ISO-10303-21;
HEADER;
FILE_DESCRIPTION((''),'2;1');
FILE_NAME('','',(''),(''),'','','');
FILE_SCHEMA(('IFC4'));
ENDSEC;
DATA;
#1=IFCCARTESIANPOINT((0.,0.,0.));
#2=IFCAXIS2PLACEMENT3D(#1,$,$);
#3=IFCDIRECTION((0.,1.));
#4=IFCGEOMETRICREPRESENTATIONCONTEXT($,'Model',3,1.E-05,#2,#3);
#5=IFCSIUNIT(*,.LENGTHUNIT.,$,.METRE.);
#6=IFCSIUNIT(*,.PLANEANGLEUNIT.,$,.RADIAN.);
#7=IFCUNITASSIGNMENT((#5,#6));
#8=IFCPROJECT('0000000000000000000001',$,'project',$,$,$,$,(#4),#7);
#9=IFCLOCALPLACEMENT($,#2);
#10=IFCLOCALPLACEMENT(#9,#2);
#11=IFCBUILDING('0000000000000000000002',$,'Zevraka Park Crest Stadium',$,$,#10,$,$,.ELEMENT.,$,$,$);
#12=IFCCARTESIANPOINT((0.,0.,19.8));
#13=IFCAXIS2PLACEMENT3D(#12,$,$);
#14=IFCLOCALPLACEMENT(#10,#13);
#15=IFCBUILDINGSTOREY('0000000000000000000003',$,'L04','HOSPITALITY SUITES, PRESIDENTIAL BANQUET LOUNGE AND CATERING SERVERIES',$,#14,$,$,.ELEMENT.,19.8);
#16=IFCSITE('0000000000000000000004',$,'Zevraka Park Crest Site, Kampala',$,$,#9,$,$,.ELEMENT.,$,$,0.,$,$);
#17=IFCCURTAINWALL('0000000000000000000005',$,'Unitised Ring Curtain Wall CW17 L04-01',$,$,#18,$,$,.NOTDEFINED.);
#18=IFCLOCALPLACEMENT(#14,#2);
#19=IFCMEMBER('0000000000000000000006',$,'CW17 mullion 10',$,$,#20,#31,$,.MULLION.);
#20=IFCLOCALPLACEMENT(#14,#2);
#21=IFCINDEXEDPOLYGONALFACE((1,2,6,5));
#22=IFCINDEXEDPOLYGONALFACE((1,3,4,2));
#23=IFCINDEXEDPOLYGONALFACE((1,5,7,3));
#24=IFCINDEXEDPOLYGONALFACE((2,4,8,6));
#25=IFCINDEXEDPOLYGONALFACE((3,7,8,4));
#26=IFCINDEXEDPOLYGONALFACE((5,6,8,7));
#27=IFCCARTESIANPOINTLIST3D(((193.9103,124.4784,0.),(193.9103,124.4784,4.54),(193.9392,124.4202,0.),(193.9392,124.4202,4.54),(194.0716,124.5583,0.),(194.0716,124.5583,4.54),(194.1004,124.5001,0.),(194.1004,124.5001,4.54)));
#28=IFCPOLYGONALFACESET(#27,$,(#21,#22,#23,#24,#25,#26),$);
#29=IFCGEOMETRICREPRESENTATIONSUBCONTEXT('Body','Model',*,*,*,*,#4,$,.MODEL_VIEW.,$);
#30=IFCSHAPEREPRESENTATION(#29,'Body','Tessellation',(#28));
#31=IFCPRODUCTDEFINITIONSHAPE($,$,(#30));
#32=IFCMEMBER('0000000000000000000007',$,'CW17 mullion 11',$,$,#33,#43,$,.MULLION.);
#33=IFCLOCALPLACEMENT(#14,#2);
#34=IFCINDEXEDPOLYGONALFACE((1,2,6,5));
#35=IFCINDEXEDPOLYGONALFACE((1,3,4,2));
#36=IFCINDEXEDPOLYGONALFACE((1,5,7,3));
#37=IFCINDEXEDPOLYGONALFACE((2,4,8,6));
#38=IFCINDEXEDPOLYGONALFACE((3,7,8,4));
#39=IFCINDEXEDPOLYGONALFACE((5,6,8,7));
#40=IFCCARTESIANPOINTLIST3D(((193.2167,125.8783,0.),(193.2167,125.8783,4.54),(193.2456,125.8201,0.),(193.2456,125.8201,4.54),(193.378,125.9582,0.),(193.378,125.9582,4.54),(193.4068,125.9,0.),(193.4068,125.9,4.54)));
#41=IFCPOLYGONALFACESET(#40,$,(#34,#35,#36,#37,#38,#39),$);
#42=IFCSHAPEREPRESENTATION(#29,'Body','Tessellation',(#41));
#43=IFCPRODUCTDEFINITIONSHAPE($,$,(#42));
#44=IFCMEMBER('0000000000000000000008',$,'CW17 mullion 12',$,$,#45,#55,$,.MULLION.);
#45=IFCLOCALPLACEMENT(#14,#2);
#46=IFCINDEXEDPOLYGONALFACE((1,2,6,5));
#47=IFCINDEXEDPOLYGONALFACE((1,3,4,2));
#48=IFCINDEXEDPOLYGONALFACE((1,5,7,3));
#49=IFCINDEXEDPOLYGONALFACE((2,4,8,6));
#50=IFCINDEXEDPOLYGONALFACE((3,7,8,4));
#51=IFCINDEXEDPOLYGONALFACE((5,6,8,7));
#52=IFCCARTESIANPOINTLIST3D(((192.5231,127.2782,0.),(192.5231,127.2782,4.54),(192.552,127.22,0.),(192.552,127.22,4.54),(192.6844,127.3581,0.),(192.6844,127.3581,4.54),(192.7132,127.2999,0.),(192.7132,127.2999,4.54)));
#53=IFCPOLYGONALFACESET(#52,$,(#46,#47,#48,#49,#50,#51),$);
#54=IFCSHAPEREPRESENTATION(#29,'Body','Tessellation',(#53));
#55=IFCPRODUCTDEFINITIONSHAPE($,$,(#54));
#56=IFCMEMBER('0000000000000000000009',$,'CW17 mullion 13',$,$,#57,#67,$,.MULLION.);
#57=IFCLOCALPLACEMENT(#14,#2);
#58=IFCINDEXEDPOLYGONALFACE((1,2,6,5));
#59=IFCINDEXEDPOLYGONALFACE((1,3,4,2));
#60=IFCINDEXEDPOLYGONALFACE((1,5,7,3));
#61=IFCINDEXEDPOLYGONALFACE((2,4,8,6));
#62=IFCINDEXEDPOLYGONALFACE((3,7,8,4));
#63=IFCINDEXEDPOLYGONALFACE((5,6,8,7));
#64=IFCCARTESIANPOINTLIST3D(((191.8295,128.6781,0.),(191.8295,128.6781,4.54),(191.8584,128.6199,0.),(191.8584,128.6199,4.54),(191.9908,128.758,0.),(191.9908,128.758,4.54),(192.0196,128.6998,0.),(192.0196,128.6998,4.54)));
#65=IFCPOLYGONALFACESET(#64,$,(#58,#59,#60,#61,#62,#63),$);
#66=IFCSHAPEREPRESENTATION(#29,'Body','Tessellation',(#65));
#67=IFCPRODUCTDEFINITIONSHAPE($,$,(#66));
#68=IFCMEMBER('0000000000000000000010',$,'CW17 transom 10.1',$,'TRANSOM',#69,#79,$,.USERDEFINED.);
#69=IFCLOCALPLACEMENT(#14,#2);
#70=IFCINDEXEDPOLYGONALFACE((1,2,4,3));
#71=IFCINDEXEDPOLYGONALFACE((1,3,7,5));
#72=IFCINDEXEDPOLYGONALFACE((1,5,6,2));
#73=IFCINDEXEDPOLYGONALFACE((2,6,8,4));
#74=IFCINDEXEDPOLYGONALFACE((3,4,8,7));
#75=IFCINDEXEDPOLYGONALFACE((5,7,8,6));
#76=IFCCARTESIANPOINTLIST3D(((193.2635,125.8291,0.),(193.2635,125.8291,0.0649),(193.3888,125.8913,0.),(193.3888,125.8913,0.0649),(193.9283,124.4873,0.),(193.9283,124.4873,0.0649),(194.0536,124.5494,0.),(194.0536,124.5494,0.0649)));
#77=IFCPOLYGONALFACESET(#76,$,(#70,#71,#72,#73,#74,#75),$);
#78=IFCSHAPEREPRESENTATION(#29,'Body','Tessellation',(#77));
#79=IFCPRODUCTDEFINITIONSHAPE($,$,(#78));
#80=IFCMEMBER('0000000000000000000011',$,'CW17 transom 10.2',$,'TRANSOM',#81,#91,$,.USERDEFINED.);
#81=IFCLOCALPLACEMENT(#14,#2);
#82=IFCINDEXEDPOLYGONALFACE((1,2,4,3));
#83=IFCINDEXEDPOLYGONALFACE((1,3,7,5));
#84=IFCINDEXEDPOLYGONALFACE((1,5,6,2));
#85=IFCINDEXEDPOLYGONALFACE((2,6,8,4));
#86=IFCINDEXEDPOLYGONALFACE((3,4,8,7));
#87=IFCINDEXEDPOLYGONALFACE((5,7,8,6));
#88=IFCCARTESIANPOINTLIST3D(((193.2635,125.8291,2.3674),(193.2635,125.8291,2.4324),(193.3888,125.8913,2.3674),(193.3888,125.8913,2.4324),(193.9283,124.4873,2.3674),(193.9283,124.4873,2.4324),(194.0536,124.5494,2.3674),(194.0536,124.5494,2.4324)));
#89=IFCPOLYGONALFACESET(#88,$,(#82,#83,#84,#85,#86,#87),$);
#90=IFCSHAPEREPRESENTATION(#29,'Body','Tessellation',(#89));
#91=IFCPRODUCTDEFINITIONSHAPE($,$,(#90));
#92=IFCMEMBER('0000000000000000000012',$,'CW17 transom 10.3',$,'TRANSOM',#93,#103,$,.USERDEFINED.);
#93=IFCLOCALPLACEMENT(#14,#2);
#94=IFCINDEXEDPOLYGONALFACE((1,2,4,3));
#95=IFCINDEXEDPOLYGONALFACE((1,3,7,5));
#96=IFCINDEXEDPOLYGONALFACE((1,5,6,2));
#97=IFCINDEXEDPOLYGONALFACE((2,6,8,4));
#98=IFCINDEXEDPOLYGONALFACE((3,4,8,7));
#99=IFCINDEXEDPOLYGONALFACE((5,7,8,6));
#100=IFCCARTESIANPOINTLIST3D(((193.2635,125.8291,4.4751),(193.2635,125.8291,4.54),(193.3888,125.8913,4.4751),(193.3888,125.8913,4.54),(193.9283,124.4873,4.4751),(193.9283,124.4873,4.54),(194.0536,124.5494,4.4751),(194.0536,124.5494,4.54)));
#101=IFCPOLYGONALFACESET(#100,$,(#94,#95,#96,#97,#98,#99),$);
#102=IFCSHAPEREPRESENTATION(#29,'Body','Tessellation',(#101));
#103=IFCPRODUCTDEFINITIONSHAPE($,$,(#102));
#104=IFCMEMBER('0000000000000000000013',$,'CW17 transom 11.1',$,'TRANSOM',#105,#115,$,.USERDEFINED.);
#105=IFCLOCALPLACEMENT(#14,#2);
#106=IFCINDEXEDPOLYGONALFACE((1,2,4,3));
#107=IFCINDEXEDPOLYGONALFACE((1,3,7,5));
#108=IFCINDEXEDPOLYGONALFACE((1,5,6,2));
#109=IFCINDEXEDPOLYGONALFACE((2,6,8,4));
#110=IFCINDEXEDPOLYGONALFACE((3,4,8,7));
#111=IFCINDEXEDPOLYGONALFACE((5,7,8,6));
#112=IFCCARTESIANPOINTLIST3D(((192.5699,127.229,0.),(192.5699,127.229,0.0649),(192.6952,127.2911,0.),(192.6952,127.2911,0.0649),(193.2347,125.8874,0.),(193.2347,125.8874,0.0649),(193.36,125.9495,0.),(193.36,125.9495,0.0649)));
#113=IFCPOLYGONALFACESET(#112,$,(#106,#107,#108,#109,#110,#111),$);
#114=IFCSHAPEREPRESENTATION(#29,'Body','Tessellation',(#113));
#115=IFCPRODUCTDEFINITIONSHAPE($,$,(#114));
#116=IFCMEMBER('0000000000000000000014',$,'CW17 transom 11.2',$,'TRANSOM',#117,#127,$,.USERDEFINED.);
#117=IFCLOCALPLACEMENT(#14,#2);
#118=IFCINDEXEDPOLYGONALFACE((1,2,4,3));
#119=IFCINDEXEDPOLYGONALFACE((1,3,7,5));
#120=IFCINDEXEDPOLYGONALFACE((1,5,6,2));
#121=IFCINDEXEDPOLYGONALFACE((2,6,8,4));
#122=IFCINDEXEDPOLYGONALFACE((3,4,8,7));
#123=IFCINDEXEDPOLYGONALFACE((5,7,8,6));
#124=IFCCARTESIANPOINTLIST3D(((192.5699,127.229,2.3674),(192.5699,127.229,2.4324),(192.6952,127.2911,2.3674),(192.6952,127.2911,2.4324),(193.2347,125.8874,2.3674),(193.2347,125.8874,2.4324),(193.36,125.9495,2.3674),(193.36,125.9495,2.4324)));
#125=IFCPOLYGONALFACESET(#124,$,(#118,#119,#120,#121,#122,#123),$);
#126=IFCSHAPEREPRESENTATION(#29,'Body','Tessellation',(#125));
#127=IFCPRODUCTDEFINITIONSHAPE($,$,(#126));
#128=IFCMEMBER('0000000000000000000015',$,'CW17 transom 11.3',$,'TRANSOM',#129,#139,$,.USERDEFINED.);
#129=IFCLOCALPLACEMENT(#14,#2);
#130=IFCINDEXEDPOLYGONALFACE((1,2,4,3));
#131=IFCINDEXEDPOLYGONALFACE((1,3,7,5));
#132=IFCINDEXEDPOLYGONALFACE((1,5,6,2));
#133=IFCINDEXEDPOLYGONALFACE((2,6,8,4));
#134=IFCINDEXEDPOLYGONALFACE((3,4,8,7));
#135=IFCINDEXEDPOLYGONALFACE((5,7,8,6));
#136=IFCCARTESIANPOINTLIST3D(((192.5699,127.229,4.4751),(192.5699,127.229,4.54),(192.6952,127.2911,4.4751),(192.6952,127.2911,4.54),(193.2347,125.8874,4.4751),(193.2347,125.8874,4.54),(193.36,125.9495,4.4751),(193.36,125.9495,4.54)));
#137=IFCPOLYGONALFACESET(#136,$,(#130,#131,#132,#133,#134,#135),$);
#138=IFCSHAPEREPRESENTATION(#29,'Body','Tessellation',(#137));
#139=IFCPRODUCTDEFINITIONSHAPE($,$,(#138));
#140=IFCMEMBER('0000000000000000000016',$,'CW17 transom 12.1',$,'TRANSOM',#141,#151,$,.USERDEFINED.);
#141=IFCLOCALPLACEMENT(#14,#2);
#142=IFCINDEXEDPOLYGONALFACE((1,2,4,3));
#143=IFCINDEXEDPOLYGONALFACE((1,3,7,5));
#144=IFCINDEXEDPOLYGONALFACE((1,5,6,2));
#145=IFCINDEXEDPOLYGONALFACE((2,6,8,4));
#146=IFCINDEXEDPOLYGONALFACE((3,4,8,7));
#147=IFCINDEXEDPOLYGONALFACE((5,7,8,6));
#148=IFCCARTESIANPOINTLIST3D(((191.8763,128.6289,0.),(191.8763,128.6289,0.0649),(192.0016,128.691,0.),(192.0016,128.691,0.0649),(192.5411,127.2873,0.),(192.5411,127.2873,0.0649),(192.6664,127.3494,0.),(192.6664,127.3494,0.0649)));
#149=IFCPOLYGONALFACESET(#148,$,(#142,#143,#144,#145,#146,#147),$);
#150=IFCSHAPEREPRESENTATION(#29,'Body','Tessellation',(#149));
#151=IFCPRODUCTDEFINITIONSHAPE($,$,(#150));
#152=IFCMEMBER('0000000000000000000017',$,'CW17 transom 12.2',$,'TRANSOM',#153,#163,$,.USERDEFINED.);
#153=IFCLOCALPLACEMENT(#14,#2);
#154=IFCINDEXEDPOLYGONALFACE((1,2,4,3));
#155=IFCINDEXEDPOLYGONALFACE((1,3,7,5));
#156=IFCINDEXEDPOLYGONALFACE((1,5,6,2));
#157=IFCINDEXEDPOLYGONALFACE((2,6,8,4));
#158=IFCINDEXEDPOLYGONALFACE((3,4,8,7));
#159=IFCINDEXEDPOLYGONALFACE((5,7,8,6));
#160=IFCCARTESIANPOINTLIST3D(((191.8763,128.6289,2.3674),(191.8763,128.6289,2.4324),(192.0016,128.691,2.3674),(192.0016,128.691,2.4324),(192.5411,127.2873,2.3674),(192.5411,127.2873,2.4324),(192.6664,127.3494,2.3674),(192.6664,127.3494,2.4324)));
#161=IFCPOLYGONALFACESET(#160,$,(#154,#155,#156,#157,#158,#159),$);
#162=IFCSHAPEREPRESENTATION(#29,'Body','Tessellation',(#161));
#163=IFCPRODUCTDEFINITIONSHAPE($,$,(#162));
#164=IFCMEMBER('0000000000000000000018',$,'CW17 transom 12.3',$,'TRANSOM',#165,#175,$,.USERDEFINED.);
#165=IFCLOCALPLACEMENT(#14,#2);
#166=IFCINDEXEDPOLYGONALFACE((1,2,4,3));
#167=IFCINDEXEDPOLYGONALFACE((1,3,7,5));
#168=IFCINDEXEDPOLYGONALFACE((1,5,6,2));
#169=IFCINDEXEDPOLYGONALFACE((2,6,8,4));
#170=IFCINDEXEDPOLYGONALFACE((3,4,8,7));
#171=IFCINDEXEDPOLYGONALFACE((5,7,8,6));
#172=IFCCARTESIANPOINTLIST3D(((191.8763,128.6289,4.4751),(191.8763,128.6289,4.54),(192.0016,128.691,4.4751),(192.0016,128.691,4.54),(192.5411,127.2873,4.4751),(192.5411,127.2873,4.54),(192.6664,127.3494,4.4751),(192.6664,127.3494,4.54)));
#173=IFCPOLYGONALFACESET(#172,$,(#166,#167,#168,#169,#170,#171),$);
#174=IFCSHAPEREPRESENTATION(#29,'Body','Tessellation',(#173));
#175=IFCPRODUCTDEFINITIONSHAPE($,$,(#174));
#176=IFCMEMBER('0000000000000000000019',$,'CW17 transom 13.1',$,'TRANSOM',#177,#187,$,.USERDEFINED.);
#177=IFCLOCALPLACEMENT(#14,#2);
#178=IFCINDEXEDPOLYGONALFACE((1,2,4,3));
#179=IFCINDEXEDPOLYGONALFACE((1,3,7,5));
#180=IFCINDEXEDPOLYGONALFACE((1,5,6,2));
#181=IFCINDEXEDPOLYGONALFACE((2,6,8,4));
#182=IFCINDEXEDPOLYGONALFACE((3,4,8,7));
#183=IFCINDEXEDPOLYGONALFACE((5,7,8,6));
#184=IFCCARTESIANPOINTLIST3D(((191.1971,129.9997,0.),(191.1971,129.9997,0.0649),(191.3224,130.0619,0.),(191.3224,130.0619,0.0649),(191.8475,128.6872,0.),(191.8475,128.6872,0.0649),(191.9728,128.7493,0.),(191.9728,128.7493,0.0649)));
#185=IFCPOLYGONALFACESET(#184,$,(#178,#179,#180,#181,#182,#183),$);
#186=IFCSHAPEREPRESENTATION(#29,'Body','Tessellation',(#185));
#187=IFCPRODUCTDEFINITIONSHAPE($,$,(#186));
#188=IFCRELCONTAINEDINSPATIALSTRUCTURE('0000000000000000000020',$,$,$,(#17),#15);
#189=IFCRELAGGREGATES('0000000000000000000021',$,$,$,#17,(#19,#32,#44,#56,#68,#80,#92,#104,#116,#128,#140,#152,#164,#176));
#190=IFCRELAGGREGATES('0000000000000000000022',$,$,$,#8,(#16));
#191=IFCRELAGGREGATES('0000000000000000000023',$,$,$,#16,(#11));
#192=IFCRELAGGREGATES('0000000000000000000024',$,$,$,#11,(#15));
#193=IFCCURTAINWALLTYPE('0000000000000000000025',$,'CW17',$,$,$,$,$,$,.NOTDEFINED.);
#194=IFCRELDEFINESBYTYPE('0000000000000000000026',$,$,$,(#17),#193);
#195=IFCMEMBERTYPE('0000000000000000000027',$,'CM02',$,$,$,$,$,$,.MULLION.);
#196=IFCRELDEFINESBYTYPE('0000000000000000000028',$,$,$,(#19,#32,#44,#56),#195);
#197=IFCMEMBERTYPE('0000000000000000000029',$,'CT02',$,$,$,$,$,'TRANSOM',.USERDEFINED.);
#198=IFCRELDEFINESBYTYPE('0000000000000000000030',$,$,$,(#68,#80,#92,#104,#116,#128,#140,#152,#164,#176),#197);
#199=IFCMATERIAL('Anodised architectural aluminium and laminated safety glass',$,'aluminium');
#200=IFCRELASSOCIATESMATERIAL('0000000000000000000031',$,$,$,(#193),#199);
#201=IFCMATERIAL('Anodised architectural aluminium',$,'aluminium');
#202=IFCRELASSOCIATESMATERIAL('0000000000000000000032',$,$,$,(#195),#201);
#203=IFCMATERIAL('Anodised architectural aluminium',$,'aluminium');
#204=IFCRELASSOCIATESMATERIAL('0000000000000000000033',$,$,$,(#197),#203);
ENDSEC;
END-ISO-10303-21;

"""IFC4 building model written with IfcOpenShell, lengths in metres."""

from ifc_helpers import new_model, si_unit, direction, frame, origin, origin_2d, place, context, subcontext, project, spatial, rectangle, extrude, material, material_profile, profile_set, type_object, element, aggregate, save


model = new_model("IFC4")

# Units and contexts
model_context = context("Model", 3, precision=1e-05, world=origin(), true_north=direction((0.0, 1.0)))
body_context = subcontext(model_context, "Body", "Model", "MODEL_VIEW")
ifc_project = project(units=[si_unit("LENGTHUNIT", "METRE"), si_unit("PLANEANGLEUNIT", "RADIAN")], contexts=[model_context])

# Site, building, storey
site_placement = place(None, origin())
site = spatial("IfcSite", under=ifc_project, at=site_placement, Name="Zevraka Park Crest Site, Kampala", CompositionType="ELEMENT", RefElevation=0.0)
building_placement = place(site_placement, origin())
building = spatial("IfcBuilding", under=site, at=building_placement, Name="Zevraka Park Crest Stadium", CompositionType="ELEMENT")
storey_placement = place(building_placement, frame((0.0, 0.0, 19.8)))
storey = spatial("IfcBuildingStorey", under=building, at=storey_placement, Name="L04", Description="HOSPITALITY SUITES, PRESIDENTIAL BANQUET LOUNGE AND CATERING SERVERIES", CompositionType="ELEMENT", Elevation=19.8)

# Curtain wall, members
ifc_material_1 = material(Name="Anodised architectural aluminium and laminated safety glass", Category="aluminium")
curtain_wall_type = type_object("IfcCurtainWallType", Name="CW17", PredefinedType="NOTDEFINED", material=ifc_material_1)
curtain_wall_placement = place(storey_placement, origin())
curtain_wall = element("IfcCurtainWall", 1, at=curtain_wall_placement, inside=storey, type_object=curtain_wall_type, Name="Unitised Ring Curtain Wall CW17 L04-01", PredefinedType="NOTDEFINED")
ifc_material_2 = material(Name="Anodised architectural aluminium", Category="aluminium")
ifc_material_profile_1 = material_profile(ifc_material_2, rectangle(XDim=0.1799, YDim=0.0649, at=origin_2d()), Name="ALU MULLION 180x65")
ifc_profile_set_1 = profile_set([ifc_material_profile_1], Name="Anodised architectural aluminium")
member_type_1 = type_object("IfcMemberType", Name="CM02", PredefinedType="MULLION", material=ifc_profile_set_1)
member_1_placement = place(storey_placement, frame((194.0054, 124.4893, 0.0), z_axis=(0.0, 0.0, 1.0), x_axis=(-0.896046, -0.443961, 0.0)))
member_1 = element("IfcMember", 2, at=member_1_placement, type_object=member_type_1, Name="CW17 mullion 10", PredefinedType="MULLION", context=body_context, shape_type="SweptSolid", body=[
    extrude(rectangle(XDim=0.1799, YDim=0.0649, at=origin_2d()), origin(), (0.0, 0.0, 1.0), 4.54),
])
member_2_placement = place(storey_placement, frame((193.3118, 125.8892, 0.0), z_axis=(0.0, 0.0, 1.0), x_axis=(-0.896046, -0.443961, 0.0)))
member_2 = element("IfcMember", 3, at=member_2_placement, type_object=member_type_1, Name="CW17 mullion 11", PredefinedType="MULLION", context=body_context, shape_type="SweptSolid", body=[
    extrude(rectangle(XDim=0.1799, YDim=0.0649, at=origin_2d()), origin(), (0.0, 0.0, 1.0), 4.54),
])
member_3_placement = place(storey_placement, frame((192.6182, 127.2891, 0.0), z_axis=(0.0, 0.0, 1.0), x_axis=(-0.896046, -0.443961, 0.0)))
member_3 = element("IfcMember", 4, at=member_3_placement, type_object=member_type_1, Name="CW17 mullion 12", PredefinedType="MULLION", context=body_context, shape_type="SweptSolid", body=[
    extrude(rectangle(XDim=0.1799, YDim=0.0649, at=origin_2d()), origin(), (0.0, 0.0, 1.0), 4.54),
])
member_4_placement = place(storey_placement, frame((191.9246, 128.689, 0.0), z_axis=(0.0, 0.0, 1.0), x_axis=(-0.896046, -0.443961, 0.0)))
member_4 = element("IfcMember", 5, at=member_4_placement, type_object=member_type_1, Name="CW17 mullion 13", PredefinedType="MULLION", context=body_context, shape_type="SweptSolid", body=[
    extrude(rectangle(XDim=0.1799, YDim=0.0649, at=origin_2d()), origin(), (0.0, 0.0, 1.0), 4.54),
])
ifc_material_3 = material(Name="Anodised architectural aluminium", Category="aluminium")
ifc_material_profile_2 = material_profile(ifc_material_3, rectangle(XDim=0.1399, YDim=0.0649, at=origin_2d()), Name="ALU TRANSOM 140x65")
ifc_profile_set_2 = profile_set([ifc_material_profile_2], Name="Anodised architectural aluminium")
member_type_2 = type_object("IfcMemberType", Name="CT02", ElementType="TRANSOM", PredefinedType="USERDEFINED", material=ifc_profile_set_2)
member_5_placement = place(storey_placement, frame((193.991, 124.5183, 0.0325), z_axis=(-0.44395, 0.896052, 0.0), x_axis=(-0.896052, -0.44395, 0.0)))
member_5 = element("IfcMember", 6, at=member_5_placement, type_object=member_type_2, Name="CW17 transom 10.1", ObjectType="TRANSOM", PredefinedType="USERDEFINED", context=body_context, shape_type="SweptSolid", body=[
    extrude(rectangle(XDim=0.1399, YDim=0.0649, at=origin_2d()), origin(), (0.0, 0.0, 1.0), 1.4976),
])
member_6_placement = place(storey_placement, frame((193.991, 124.5183, 2.3999), z_axis=(-0.44395, 0.896052, 0.0), x_axis=(-0.896052, -0.44395, 0.0)))
member_6 = element("IfcMember", 7, at=member_6_placement, type_object=member_type_2, Name="CW17 transom 10.2", ObjectType="TRANSOM", PredefinedType="USERDEFINED", context=body_context, shape_type="SweptSolid", body=[
    extrude(rectangle(XDim=0.1399, YDim=0.0649, at=origin_2d()), origin(), (0.0, 0.0, 1.0), 1.4976),
])
member_7_placement = place(storey_placement, frame((193.991, 124.5183, 4.5076), z_axis=(-0.44395, 0.896052, 0.0), x_axis=(-0.896052, -0.44395, 0.0)))
member_7 = element("IfcMember", 8, at=member_7_placement, type_object=member_type_2, Name="CW17 transom 10.3", ObjectType="TRANSOM", PredefinedType="USERDEFINED", context=body_context, shape_type="SweptSolid", body=[
    extrude(rectangle(XDim=0.1399, YDim=0.0649, at=origin_2d()), origin(), (0.0, 0.0, 1.0), 1.4976),
])
member_8_placement = place(storey_placement, frame((193.2974, 125.9185, 0.0325), z_axis=(-0.444015, 0.896019, 0.0), x_axis=(-0.896019, -0.444015, 0.0)))
member_8 = element("IfcMember", 9, at=member_8_placement, type_object=member_type_2, Name="CW17 transom 11.1", ObjectType="TRANSOM", PredefinedType="USERDEFINED", context=body_context, shape_type="SweptSolid", body=[
    extrude(rectangle(XDim=0.1399, YDim=0.0649, at=origin_2d()), origin(), (0.0, 0.0, 1.0), 1.4973),
])
member_9_placement = place(storey_placement, frame((193.2974, 125.9185, 2.3999), z_axis=(-0.444015, 0.896019, 0.0), x_axis=(-0.896019, -0.444015, 0.0)))
member_9 = element("IfcMember", 10, at=member_9_placement, type_object=member_type_2, Name="CW17 transom 11.2", ObjectType="TRANSOM", PredefinedType="USERDEFINED", context=body_context, shape_type="SweptSolid", body=[
    extrude(rectangle(XDim=0.1399, YDim=0.0649, at=origin_2d()), origin(), (0.0, 0.0, 1.0), 1.4973),
])
member_10_placement = place(storey_placement, frame((193.2974, 125.9185, 4.5076), z_axis=(-0.444015, 0.896019, 0.0), x_axis=(-0.896019, -0.444015, 0.0)))
member_10 = element("IfcMember", 11, at=member_10_placement, type_object=member_type_2, Name="CW17 transom 11.3", ObjectType="TRANSOM", PredefinedType="USERDEFINED", context=body_context, shape_type="SweptSolid", body=[
    extrude(rectangle(XDim=0.1399, YDim=0.0649, at=origin_2d()), origin(), (0.0, 0.0, 1.0), 1.4973),
])
member_11_placement = place(storey_placement, frame((192.6038, 127.3184, 0.0325), z_axis=(-0.444015, 0.896019, 0.0), x_axis=(-0.896019, -0.444015, 0.0)))
member_11 = element("IfcMember", 12, at=member_11_placement, type_object=member_type_2, Name="CW17 transom 12.1", ObjectType="TRANSOM", PredefinedType="USERDEFINED", context=body_context, shape_type="SweptSolid", body=[
    extrude(rectangle(XDim=0.1399, YDim=0.0649, at=origin_2d()), origin(), (0.0, 0.0, 1.0), 1.4973),
])
member_12_placement = place(storey_placement, frame((192.6038, 127.3184, 2.3999), z_axis=(-0.444015, 0.896019, 0.0), x_axis=(-0.896019, -0.444015, 0.0)))
member_12 = element("IfcMember", 13, at=member_12_placement, type_object=member_type_2, Name="CW17 transom 12.2", ObjectType="TRANSOM", PredefinedType="USERDEFINED", context=body_context, shape_type="SweptSolid", body=[
    extrude(rectangle(XDim=0.1399, YDim=0.0649, at=origin_2d()), origin(), (0.0, 0.0, 1.0), 1.4973),
])
member_13_placement = place(storey_placement, frame((192.6038, 127.3184, 4.5076), z_axis=(-0.444015, 0.896019, 0.0), x_axis=(-0.896019, -0.444015, 0.0)))
member_13 = element("IfcMember", 14, at=member_13_placement, type_object=member_type_2, Name="CW17 transom 12.3", ObjectType="TRANSOM", PredefinedType="USERDEFINED", context=body_context, shape_type="SweptSolid", body=[
    extrude(rectangle(XDim=0.1399, YDim=0.0649, at=origin_2d()), origin(), (0.0, 0.0, 1.0), 1.4973),
])
member_14_placement = place(storey_placement, frame((191.9102, 128.7183, 0.0325), z_axis=(-0.444011, 0.896022, 0.0), x_axis=(-0.896022, -0.444011, 0.0)))
member_14 = element("IfcMember", 15, at=member_14_placement, type_object=member_type_2, Name="CW17 transom 13.1", ObjectType="TRANSOM", PredefinedType="USERDEFINED", context=body_context, shape_type="SweptSolid", body=[
    extrude(rectangle(XDim=0.1399, YDim=0.0649, at=origin_2d()), origin(), (0.0, 0.0, 1.0), 1.4648),
])
aggregate(curtain_wall, [member_1, member_2, member_3, member_4, member_5, member_6, member_7, member_8, member_9, member_10, member_11, member_12, member_13, member_14])

save(model, "model.ifc")
